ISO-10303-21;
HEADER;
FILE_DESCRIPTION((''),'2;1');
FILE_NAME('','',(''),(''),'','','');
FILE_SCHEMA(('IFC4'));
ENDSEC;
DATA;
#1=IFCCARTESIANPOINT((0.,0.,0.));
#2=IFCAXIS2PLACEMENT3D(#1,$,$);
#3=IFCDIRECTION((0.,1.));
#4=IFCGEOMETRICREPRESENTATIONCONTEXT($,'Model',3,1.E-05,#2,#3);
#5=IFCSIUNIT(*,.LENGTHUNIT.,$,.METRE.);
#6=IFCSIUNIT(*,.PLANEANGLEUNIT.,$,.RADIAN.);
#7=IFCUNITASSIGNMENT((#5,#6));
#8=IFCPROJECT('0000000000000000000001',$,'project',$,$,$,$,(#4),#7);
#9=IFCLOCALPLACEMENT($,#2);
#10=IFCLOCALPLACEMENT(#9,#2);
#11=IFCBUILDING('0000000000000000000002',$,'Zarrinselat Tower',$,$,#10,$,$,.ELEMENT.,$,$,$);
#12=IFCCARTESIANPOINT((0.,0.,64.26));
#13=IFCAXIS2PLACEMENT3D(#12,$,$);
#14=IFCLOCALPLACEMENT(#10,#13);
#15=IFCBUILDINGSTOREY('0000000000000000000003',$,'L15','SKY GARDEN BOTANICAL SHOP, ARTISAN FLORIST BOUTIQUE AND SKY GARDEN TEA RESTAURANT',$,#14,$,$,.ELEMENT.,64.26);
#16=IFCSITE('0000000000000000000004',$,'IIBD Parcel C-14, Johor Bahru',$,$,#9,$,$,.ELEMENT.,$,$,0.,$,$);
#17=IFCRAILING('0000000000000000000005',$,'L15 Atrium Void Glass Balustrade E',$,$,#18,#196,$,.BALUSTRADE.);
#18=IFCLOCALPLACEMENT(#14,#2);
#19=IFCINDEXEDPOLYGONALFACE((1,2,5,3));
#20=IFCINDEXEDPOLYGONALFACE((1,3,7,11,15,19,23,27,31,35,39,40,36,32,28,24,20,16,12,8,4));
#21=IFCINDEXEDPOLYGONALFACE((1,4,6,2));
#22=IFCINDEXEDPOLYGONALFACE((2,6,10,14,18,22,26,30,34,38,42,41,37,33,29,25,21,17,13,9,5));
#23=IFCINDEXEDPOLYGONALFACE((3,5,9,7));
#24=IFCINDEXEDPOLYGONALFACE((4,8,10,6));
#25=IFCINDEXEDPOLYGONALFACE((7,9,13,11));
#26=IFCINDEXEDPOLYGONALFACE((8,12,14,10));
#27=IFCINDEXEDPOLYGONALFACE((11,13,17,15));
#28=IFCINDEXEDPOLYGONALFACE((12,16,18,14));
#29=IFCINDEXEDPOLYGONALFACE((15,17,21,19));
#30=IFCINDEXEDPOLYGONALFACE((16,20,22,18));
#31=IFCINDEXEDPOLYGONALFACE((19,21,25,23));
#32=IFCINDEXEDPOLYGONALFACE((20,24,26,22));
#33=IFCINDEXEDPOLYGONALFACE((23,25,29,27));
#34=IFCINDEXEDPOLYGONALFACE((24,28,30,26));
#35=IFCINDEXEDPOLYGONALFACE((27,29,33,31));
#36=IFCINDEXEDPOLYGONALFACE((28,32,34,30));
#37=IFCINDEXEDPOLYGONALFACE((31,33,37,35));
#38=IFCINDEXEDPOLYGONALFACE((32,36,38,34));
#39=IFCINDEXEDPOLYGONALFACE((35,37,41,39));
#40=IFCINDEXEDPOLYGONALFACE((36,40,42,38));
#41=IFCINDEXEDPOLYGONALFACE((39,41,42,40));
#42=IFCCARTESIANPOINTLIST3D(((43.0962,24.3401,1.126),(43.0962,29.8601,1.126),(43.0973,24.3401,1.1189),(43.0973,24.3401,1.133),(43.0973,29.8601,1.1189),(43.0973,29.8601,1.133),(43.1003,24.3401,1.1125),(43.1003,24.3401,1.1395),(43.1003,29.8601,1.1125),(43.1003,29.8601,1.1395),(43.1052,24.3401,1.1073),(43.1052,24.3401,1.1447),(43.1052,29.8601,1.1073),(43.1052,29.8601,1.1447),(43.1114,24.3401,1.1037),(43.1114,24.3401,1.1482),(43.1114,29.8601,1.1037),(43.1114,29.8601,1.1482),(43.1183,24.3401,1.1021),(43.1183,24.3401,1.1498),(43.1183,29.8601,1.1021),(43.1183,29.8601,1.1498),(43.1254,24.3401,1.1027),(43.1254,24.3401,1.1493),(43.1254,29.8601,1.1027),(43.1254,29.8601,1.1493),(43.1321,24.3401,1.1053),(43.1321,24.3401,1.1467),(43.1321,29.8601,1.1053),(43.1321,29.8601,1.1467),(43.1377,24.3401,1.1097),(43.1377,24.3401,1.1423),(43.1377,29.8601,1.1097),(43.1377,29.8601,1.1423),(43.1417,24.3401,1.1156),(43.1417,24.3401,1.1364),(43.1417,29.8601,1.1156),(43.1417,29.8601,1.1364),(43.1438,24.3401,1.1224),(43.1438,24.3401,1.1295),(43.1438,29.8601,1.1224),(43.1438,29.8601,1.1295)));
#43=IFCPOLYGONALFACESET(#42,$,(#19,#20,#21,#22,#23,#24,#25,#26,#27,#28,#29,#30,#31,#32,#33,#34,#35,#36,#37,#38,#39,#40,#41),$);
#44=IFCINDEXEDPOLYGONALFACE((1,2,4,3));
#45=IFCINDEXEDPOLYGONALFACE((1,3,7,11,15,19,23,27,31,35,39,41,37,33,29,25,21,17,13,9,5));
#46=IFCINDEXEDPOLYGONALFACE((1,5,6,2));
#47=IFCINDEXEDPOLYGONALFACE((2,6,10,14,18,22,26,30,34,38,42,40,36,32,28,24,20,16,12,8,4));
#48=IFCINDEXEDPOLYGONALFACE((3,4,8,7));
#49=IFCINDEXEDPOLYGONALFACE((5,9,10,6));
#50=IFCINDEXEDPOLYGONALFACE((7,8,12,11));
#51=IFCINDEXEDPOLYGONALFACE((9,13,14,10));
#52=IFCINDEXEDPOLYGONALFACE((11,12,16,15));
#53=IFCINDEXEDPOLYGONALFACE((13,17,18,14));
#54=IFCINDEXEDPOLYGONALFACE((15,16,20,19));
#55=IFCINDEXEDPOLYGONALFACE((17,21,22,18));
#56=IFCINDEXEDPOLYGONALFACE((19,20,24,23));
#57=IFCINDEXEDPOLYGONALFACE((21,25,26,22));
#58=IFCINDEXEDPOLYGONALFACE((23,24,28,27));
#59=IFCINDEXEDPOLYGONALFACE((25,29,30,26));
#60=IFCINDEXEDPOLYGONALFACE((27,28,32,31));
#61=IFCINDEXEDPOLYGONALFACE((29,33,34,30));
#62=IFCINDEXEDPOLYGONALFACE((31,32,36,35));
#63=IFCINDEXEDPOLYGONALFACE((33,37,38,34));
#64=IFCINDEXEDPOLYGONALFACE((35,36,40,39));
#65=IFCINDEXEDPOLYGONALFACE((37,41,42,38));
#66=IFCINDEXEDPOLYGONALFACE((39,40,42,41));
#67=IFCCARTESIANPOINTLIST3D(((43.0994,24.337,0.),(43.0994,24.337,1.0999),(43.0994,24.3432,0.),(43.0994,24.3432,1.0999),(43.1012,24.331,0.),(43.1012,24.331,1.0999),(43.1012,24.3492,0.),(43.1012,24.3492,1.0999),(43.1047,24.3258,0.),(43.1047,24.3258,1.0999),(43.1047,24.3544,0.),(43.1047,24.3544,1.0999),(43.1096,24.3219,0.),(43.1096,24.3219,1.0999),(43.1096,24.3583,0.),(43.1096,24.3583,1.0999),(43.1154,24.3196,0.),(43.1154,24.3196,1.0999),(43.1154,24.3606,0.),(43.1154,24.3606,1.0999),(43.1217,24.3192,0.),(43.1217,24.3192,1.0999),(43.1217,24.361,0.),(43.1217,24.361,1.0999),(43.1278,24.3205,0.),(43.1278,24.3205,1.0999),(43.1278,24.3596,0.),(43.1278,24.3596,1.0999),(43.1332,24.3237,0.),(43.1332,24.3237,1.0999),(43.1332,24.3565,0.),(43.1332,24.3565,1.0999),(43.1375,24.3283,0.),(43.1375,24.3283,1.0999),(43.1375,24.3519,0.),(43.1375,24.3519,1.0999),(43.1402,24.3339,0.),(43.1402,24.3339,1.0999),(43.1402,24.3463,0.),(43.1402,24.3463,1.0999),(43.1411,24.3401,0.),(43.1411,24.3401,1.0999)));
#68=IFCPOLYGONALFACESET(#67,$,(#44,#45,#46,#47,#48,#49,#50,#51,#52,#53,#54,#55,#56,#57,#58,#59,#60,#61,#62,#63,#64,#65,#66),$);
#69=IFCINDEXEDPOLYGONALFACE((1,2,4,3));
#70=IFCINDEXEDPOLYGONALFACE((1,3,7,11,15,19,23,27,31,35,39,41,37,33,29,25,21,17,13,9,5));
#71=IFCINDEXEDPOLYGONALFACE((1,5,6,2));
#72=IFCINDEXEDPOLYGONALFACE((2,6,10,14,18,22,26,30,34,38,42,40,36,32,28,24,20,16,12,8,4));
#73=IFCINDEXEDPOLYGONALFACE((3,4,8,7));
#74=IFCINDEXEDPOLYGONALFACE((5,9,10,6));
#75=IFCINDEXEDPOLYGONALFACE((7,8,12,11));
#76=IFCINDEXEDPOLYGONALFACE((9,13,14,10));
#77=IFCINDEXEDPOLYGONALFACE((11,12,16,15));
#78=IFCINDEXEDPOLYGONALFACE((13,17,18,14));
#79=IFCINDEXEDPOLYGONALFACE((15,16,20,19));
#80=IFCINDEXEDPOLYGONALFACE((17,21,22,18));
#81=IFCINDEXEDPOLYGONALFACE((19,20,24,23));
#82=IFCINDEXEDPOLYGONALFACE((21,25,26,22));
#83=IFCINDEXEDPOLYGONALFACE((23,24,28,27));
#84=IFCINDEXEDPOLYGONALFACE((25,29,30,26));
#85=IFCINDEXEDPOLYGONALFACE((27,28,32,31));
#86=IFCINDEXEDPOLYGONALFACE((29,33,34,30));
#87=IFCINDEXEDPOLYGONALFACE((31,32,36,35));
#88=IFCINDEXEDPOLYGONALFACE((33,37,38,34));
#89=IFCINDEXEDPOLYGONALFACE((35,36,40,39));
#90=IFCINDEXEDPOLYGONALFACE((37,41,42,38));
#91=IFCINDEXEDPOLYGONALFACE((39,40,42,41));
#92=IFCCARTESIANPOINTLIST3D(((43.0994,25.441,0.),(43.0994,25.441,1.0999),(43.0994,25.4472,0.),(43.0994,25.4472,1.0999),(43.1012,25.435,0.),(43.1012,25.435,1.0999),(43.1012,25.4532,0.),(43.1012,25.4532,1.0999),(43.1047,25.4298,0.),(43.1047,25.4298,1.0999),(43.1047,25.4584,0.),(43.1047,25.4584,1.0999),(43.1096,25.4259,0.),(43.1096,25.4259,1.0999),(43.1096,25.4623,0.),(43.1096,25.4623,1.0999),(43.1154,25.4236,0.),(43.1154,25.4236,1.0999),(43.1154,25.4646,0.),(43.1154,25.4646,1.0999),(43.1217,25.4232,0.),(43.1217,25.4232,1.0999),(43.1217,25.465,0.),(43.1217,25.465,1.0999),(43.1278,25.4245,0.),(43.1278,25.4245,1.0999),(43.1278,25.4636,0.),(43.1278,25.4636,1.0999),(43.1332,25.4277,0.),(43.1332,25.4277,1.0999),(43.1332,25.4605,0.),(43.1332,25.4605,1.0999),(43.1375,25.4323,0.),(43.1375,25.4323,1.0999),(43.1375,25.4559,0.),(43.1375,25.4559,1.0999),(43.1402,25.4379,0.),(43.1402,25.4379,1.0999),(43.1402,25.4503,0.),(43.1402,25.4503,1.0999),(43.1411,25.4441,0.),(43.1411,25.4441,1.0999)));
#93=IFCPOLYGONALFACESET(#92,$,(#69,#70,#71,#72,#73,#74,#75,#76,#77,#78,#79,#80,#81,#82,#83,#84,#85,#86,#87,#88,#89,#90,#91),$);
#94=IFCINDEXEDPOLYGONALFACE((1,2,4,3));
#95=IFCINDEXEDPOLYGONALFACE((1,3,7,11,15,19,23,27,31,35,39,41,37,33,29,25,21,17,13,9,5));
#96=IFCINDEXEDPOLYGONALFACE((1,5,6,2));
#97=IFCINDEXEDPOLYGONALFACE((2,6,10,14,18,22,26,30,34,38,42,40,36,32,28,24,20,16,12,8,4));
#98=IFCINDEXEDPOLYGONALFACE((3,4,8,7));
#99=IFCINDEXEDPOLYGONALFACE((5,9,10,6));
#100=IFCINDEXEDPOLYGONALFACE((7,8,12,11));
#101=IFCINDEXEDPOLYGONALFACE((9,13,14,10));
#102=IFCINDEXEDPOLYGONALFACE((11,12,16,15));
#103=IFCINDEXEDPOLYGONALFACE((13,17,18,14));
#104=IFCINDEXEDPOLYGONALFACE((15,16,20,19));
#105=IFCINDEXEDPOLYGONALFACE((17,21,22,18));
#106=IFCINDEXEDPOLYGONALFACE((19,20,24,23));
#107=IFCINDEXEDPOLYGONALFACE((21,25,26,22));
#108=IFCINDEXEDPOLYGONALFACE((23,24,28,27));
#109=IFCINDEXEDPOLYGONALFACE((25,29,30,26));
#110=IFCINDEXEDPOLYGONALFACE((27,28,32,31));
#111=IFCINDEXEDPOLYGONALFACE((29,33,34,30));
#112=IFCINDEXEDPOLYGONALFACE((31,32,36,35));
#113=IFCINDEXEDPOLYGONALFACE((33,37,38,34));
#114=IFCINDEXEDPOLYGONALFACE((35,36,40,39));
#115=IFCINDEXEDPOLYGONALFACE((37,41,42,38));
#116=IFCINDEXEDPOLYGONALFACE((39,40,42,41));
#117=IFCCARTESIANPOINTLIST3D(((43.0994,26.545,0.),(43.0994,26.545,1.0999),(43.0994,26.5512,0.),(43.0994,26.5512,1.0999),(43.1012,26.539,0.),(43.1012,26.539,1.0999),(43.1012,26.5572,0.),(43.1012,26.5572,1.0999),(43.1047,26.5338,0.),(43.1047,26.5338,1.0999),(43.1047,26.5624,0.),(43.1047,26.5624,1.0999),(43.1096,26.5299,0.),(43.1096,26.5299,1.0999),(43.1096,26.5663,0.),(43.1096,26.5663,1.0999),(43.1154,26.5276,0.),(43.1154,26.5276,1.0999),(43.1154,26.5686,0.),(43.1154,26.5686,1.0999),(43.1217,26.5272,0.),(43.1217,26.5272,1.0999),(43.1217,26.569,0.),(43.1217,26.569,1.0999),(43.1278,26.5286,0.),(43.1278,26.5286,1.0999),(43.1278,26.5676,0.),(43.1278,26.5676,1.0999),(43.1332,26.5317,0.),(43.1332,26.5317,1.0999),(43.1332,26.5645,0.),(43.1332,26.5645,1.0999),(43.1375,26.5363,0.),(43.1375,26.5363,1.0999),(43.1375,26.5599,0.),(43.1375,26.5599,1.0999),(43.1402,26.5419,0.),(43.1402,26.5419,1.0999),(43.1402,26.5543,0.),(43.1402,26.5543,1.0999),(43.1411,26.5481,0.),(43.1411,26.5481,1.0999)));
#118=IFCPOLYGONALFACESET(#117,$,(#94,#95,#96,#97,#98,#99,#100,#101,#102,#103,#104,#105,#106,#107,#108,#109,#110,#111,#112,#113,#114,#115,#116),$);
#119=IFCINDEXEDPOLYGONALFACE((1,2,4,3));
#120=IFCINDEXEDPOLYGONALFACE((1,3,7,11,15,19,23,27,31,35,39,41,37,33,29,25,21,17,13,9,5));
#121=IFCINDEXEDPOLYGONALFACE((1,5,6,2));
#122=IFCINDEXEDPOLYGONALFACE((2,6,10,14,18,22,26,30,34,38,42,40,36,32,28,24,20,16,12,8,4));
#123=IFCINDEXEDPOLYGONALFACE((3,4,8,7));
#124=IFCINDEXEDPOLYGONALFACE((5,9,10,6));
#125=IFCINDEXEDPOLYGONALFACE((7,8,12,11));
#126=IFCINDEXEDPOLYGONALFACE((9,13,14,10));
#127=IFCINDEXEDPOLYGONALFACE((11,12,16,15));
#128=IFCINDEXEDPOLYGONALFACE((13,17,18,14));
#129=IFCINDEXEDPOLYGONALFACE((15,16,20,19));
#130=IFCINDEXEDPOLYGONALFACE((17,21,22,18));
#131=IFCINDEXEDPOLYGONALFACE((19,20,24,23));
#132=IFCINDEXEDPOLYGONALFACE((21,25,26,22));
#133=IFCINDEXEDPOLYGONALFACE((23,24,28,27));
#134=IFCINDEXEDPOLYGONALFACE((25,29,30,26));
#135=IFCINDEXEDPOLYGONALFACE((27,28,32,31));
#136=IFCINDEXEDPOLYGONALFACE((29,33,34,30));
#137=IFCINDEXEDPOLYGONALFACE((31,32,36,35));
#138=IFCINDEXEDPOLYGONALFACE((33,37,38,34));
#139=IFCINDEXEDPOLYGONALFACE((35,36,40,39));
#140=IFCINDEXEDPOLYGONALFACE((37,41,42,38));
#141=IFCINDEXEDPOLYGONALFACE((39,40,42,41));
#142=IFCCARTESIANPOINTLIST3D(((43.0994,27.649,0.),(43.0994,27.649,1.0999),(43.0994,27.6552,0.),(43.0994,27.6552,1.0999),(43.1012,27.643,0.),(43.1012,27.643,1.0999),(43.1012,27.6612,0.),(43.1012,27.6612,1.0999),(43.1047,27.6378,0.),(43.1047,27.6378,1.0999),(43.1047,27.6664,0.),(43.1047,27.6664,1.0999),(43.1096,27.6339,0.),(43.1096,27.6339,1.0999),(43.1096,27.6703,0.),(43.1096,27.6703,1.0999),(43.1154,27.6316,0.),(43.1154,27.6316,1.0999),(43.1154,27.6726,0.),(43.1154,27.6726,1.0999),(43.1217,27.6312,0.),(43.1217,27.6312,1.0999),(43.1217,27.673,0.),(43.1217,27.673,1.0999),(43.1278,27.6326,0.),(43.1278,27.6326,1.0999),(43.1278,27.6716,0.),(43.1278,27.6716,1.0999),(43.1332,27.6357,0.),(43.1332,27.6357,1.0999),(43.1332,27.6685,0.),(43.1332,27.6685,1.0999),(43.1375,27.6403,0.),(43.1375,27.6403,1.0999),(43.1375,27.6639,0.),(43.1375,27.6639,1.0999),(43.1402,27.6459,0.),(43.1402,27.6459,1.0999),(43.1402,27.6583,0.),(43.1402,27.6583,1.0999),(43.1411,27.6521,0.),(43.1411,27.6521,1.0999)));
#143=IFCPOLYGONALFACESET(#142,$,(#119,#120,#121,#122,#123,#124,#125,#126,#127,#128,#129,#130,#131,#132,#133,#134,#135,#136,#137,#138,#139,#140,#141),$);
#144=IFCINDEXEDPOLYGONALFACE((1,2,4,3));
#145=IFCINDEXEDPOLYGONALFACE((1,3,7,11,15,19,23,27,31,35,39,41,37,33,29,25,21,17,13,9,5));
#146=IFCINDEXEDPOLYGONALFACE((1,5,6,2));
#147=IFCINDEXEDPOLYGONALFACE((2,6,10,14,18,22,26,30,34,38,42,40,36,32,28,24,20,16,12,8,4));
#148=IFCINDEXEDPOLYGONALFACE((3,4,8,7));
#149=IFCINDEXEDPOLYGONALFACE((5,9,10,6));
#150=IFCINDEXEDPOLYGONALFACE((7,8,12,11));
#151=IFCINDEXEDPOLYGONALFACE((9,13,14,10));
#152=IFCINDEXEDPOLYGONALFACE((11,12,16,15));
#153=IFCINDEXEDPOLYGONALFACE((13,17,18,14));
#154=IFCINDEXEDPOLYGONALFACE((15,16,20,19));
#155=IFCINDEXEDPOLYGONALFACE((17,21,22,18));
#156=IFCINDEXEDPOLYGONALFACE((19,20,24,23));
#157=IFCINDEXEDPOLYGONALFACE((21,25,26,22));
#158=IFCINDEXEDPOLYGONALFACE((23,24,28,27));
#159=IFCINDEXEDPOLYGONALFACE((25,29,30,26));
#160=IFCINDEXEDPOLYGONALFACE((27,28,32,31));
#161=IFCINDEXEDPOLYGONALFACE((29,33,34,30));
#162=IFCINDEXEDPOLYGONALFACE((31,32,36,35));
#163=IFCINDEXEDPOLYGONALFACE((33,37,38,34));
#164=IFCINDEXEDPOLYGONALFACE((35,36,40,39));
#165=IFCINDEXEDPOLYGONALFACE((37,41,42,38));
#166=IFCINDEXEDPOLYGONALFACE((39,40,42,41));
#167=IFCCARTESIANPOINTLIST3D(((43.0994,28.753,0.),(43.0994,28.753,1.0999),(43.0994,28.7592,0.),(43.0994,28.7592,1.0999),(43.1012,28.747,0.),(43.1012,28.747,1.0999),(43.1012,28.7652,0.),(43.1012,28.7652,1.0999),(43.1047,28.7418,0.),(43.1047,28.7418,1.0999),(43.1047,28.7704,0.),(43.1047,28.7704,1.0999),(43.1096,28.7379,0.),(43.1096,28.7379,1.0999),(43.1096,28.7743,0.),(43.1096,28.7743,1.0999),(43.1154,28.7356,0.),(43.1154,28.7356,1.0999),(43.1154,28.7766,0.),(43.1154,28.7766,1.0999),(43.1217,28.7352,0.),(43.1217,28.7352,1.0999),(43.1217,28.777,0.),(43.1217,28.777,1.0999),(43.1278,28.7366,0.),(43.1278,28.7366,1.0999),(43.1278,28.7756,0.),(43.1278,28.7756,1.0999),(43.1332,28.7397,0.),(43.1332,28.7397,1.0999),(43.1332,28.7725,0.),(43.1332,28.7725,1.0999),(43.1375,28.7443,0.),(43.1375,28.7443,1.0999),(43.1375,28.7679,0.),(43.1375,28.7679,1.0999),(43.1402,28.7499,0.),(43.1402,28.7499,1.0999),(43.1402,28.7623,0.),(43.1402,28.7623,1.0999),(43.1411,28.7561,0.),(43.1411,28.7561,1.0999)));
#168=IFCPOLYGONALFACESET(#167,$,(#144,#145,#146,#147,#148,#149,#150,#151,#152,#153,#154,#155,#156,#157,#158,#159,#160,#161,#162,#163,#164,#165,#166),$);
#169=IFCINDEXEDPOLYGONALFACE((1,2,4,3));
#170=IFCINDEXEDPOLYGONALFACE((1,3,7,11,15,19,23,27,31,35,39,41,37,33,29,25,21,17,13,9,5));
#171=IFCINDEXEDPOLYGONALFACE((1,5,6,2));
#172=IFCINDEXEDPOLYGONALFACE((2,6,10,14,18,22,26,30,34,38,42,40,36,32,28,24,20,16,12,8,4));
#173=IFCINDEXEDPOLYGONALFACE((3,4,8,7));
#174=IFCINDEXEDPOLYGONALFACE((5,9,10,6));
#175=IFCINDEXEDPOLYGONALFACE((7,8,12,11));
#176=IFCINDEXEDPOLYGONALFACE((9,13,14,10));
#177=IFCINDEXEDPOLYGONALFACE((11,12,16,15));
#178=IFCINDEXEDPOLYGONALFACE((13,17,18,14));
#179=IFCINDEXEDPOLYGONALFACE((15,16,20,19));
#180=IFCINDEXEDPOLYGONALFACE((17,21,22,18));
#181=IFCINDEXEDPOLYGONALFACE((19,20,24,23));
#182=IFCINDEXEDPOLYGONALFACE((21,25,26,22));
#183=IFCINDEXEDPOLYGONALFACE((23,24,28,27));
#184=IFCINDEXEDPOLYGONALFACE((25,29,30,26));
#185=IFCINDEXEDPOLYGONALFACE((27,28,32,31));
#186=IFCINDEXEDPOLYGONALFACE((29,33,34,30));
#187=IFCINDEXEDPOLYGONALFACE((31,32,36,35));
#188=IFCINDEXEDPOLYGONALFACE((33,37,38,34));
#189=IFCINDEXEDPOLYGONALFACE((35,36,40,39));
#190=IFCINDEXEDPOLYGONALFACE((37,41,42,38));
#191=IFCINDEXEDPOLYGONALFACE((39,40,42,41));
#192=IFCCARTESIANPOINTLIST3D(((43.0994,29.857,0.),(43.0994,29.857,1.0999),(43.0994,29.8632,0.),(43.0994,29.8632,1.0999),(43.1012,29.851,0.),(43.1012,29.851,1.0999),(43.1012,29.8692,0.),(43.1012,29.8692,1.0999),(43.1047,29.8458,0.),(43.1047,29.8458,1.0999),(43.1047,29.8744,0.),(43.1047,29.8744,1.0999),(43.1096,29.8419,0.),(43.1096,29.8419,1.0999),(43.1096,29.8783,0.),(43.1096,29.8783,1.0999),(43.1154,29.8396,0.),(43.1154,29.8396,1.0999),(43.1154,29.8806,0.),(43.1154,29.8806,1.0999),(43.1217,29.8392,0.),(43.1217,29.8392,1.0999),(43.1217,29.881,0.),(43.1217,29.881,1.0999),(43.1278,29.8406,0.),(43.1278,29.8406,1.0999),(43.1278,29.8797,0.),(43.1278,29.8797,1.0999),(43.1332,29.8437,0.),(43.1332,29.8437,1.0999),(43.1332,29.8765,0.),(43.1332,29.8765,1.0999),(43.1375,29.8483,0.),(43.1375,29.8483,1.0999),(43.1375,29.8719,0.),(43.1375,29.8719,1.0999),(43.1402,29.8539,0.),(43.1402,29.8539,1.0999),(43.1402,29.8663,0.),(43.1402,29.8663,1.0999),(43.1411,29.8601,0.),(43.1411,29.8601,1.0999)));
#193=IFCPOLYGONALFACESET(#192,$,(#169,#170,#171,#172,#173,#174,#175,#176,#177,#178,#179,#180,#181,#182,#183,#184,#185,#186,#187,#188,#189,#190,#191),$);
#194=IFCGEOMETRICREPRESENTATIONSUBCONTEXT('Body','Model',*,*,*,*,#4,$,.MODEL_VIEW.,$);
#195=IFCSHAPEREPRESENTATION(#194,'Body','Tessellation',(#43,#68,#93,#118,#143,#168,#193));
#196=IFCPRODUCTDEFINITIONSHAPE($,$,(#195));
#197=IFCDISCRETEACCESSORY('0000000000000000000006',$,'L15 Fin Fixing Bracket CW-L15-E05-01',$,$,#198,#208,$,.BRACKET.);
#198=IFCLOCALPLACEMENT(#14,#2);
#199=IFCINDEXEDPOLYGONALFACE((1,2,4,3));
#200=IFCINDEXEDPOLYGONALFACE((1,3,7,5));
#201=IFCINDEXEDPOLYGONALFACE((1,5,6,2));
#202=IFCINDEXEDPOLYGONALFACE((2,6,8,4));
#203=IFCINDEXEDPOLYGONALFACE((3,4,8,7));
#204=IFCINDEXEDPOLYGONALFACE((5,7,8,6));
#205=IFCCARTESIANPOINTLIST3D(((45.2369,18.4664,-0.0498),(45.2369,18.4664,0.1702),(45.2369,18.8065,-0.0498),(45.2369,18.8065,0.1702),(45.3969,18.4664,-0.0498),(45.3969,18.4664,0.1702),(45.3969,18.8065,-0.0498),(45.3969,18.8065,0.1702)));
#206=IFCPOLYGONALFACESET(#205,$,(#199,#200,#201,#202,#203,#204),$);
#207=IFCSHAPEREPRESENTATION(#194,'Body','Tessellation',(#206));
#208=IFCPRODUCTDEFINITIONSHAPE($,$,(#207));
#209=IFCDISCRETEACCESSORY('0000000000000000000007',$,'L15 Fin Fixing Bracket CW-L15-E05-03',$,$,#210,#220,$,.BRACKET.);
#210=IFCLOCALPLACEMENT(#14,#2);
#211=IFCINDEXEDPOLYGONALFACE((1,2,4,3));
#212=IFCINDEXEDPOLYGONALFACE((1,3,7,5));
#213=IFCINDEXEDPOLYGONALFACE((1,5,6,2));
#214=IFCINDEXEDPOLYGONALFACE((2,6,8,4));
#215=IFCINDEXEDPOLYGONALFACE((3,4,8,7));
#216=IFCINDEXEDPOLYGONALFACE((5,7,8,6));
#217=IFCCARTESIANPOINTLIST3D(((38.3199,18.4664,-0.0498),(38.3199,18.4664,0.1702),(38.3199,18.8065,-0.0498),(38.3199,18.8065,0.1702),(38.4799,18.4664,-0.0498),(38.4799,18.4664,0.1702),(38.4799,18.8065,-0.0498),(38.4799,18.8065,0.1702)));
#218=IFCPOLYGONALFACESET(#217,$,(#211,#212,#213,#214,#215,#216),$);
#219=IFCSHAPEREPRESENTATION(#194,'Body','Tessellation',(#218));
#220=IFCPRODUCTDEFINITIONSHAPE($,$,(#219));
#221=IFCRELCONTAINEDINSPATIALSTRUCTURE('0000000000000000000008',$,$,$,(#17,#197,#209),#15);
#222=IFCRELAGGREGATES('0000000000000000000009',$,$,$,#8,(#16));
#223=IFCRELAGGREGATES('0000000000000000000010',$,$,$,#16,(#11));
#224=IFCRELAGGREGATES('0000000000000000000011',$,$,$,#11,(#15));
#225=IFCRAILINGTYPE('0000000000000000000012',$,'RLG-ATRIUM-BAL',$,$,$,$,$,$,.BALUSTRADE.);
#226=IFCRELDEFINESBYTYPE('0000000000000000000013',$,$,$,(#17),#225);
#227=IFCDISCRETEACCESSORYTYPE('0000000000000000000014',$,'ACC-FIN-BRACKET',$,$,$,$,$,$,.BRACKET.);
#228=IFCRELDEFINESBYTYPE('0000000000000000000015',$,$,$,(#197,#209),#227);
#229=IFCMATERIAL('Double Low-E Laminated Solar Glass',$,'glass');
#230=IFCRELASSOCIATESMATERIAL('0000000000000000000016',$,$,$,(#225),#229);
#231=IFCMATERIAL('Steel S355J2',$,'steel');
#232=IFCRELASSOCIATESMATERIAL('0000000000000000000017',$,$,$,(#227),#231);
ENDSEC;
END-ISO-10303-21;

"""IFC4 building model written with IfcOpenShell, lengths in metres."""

from ifc_helpers import new_model, si_unit, direction, frame, origin, origin_2d, place, context, subcontext, project, spatial, rectangle, circle, extrude, material, type_object, element, save


model = new_model("IFC4")

# Units and contexts
model_context = context("Model", 3, precision=1e-05, world=origin(), true_north=direction((0.0, 1.0)))
body_context = subcontext(model_context, "Body", "Model", "MODEL_VIEW")
ifc_project = project(units=[si_unit("LENGTHUNIT", "METRE"), si_unit("PLANEANGLEUNIT", "RADIAN")], contexts=[model_context])

# Site, building, storey
site_placement = place(None, origin())
site = spatial("IfcSite", under=ifc_project, at=site_placement, Name="IIBD Parcel C-14, Johor Bahru", CompositionType="ELEMENT", RefElevation=0.0)
building_placement = place(site_placement, origin())
building = spatial("IfcBuilding", under=site, at=building_placement, Name="Zarrinselat Tower", CompositionType="ELEMENT")
storey_placement = place(building_placement, frame((0.0, 0.0, 64.26)))
storey = spatial("IfcBuildingStorey", under=building, at=storey_placement, Name="L15", Description="SKY GARDEN BOTANICAL SHOP, ARTISAN FLORIST BOUTIQUE AND SKY GARDEN TEA RESTAURANT", CompositionType="ELEMENT", Elevation=64.26)

# Railing
ifc_material_1 = material(Name="Double Low-E Laminated Solar Glass", Category="glass")
railing_type = type_object("IfcRailingType", Name="RLG-ATRIUM-BAL", PredefinedType="BALUSTRADE", material=ifc_material_1)
railing_1_placement = place(storey_placement, frame((43.1201, 24.3401, 0.0)))
element("IfcRailing", 1, at=railing_1_placement, inside=storey, type_object=railing_type, Name="L15 Atrium Void Glass Balustrade E", PredefinedType="BALUSTRADE", context=body_context, shape_type="SweptSolid", body=[
    extrude(circle(Radius=0.0239, at=origin_2d()), frame((0.0, 0.0, 1.126), z_axis=(0.0, 1.0, 0.0), x_axis=(-1.0, 0.0, 0.0)), (0.0, 0.0, 1.0), 5.52),
    extrude(circle(Radius=0.021, at=origin_2d()), origin(), (0.0, 0.0, 1.0), 1.0999),
    extrude(circle(Radius=0.021, at=origin_2d()), frame((0.0, 1.104, 0.0)), (0.0, 0.0, 1.0), 1.0999),
    extrude(circle(Radius=0.021, at=origin_2d()), frame((0.0, 2.208, 0.0)), (0.0, 0.0, 1.0), 1.0999),
    extrude(circle(Radius=0.021, at=origin_2d()), frame((0.0, 3.312, 0.0)), (0.0, 0.0, 1.0), 1.0999),
    extrude(circle(Radius=0.021, at=origin_2d()), frame((0.0, 4.416, 0.0)), (0.0, 0.0, 1.0), 1.0999),
    extrude(circle(Radius=0.021, at=origin_2d()), frame((0.0, 5.52, 0.0)), (0.0, 0.0, 1.0), 1.0999),
])

# Discrete accessories
ifc_material_2 = material(Name="Steel S355J2", Category="steel")
discrete_accessory_type = type_object("IfcDiscreteAccessoryType", Name="ACC-FIN-BRACKET", PredefinedType="BRACKET", material=ifc_material_2)
for number, where, z_axis, x_axis, name in (
    (2, (45.3169, 18.6365, -0.0498), (0.0, 0.0, 1.0), (0.0, -1.0, 0.0), "L15 Fin Fixing Bracket CW-L15-E05-01"),
    (3, (38.3999, 18.6365, -0.0498), (0.0, 0.0, 1.0), (0.0, -1.0, 0.0), "L15 Fin Fixing Bracket CW-L15-E05-03"),
):
    element("IfcDiscreteAccessory", number, at=place(storey_placement, frame(where, z_axis=z_axis, x_axis=x_axis)), inside=storey, type_object=discrete_accessory_type, Name=name, PredefinedType="BRACKET", context=body_context, shape_type="SweptSolid", body=[
        extrude(rectangle(XDim=0.3401, YDim=0.1599, at=origin_2d()), origin(), (0.0, 0.0, 1.0), 0.22),
    ])

save(model, "model.ifc")
